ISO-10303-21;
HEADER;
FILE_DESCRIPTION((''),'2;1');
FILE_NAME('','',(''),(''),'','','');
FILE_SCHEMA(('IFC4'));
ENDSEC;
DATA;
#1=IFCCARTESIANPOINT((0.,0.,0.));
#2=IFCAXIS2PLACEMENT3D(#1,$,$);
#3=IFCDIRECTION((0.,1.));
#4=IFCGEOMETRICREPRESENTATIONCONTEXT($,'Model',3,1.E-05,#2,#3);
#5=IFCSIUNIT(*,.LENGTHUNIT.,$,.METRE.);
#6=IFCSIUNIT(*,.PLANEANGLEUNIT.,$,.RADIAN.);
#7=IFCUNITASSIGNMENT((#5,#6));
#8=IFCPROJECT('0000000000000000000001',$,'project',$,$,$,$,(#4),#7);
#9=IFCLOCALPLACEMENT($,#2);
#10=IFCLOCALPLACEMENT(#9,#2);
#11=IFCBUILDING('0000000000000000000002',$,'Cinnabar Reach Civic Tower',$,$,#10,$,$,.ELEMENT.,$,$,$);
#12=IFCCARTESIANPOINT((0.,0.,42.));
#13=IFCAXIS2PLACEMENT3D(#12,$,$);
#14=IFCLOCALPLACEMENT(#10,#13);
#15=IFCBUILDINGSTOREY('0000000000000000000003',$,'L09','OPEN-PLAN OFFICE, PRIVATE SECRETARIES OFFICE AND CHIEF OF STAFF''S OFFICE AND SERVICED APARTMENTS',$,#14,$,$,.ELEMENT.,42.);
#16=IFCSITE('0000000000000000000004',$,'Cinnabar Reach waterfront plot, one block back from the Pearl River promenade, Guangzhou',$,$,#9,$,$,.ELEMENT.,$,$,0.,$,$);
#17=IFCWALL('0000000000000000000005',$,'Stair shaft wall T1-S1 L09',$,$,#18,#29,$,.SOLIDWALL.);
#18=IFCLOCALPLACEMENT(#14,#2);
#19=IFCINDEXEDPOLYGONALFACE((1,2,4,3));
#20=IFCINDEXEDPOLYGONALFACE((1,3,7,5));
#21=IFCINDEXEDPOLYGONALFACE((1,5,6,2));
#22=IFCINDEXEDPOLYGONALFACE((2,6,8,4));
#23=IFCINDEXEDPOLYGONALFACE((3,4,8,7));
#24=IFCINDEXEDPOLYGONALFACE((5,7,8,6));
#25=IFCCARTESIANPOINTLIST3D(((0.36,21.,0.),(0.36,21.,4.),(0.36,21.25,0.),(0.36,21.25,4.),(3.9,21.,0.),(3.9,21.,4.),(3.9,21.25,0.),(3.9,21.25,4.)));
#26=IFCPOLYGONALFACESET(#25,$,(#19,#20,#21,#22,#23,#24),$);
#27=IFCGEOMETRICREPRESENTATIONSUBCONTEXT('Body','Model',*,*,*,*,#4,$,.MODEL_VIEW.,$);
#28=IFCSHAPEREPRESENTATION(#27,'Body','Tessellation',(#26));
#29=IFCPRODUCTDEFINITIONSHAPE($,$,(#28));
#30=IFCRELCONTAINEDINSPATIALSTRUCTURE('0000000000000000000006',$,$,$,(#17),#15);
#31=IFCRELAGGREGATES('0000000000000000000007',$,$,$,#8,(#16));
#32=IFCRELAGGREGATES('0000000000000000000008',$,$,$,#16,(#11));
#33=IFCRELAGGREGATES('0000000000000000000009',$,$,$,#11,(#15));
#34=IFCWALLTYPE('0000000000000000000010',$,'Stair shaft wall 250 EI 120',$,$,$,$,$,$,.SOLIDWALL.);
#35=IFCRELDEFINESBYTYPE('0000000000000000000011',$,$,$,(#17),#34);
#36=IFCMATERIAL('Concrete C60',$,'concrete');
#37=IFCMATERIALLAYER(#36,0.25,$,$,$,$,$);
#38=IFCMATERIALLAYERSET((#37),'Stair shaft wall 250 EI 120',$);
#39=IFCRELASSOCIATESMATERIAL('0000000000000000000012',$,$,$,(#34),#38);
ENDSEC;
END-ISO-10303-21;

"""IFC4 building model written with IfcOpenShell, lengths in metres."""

from ifc_helpers import new_model, si_unit, direction, frame, frame_2d, origin, place, context, subcontext, project, spatial, rectangle, extrude, material, layer, layer_set, type_object, element, save


model = new_model("IFC4")

# Units and contexts
model_context = context("Model", 3, precision=1e-05, world=origin(), true_north=direction((0.0, 1.0)))
body_context = subcontext(model_context, "Body", "Model", "MODEL_VIEW")
ifc_project = project(units=[si_unit("LENGTHUNIT", "METRE"), si_unit("PLANEANGLEUNIT", "RADIAN")], contexts=[model_context])

# Site, building, storey
site_placement = place(None, origin())
site = spatial("IfcSite", under=ifc_project, at=site_placement, Name="Cinnabar Reach waterfront plot, one block back from the Pearl River promenade, Guangzhou", CompositionType="ELEMENT", RefElevation=0.0)
building_placement = place(site_placement, origin())
building = spatial("IfcBuilding", under=site, at=building_placement, Name="Cinnabar Reach Civic Tower", CompositionType="ELEMENT")
storey_placement = place(building_placement, frame((0.0, 0.0, 42.0)))
storey = spatial("IfcBuildingStorey", under=building, at=storey_placement, Name="L09", Description="OPEN-PLAN OFFICE, PRIVATE SECRETARIES OFFICE AND CHIEF OF STAFF'S OFFICE AND SERVICED APARTMENTS", CompositionType="ELEMENT", Elevation=42.0)

# Wall
ifc_material_1 = material(Name="Concrete C60", Category="concrete")
ifc_layer_1 = layer(ifc_material_1, 0.25)
ifc_layer_set_1 = layer_set([ifc_layer_1], Name="Stair shaft wall 250 EI 120")
wall_type_1 = type_object("IfcWallType", Name="Stair shaft wall 250 EI 120", PredefinedType="SOLIDWALL", material=ifc_layer_set_1)
wall_1_placement = place(storey_placement, frame((0.36, 21.125, 0.0), z_axis=(0.0, 0.0, 1.0), x_axis=(1.0, 0.0, 0.0)))
element("IfcWall", 1, at=wall_1_placement, inside=storey, type_object=wall_type_1, Name="Stair shaft wall T1-S1 L09", PredefinedType="SOLIDWALL", context=body_context, shape_type="SweptSolid", body=[
    extrude(rectangle(XDim=3.54, YDim=0.25, at=frame_2d((1.77, 0.0))), origin(), (0.0, 0.0, 1.0), 4.0),
])

save(model, "model.ifc")
